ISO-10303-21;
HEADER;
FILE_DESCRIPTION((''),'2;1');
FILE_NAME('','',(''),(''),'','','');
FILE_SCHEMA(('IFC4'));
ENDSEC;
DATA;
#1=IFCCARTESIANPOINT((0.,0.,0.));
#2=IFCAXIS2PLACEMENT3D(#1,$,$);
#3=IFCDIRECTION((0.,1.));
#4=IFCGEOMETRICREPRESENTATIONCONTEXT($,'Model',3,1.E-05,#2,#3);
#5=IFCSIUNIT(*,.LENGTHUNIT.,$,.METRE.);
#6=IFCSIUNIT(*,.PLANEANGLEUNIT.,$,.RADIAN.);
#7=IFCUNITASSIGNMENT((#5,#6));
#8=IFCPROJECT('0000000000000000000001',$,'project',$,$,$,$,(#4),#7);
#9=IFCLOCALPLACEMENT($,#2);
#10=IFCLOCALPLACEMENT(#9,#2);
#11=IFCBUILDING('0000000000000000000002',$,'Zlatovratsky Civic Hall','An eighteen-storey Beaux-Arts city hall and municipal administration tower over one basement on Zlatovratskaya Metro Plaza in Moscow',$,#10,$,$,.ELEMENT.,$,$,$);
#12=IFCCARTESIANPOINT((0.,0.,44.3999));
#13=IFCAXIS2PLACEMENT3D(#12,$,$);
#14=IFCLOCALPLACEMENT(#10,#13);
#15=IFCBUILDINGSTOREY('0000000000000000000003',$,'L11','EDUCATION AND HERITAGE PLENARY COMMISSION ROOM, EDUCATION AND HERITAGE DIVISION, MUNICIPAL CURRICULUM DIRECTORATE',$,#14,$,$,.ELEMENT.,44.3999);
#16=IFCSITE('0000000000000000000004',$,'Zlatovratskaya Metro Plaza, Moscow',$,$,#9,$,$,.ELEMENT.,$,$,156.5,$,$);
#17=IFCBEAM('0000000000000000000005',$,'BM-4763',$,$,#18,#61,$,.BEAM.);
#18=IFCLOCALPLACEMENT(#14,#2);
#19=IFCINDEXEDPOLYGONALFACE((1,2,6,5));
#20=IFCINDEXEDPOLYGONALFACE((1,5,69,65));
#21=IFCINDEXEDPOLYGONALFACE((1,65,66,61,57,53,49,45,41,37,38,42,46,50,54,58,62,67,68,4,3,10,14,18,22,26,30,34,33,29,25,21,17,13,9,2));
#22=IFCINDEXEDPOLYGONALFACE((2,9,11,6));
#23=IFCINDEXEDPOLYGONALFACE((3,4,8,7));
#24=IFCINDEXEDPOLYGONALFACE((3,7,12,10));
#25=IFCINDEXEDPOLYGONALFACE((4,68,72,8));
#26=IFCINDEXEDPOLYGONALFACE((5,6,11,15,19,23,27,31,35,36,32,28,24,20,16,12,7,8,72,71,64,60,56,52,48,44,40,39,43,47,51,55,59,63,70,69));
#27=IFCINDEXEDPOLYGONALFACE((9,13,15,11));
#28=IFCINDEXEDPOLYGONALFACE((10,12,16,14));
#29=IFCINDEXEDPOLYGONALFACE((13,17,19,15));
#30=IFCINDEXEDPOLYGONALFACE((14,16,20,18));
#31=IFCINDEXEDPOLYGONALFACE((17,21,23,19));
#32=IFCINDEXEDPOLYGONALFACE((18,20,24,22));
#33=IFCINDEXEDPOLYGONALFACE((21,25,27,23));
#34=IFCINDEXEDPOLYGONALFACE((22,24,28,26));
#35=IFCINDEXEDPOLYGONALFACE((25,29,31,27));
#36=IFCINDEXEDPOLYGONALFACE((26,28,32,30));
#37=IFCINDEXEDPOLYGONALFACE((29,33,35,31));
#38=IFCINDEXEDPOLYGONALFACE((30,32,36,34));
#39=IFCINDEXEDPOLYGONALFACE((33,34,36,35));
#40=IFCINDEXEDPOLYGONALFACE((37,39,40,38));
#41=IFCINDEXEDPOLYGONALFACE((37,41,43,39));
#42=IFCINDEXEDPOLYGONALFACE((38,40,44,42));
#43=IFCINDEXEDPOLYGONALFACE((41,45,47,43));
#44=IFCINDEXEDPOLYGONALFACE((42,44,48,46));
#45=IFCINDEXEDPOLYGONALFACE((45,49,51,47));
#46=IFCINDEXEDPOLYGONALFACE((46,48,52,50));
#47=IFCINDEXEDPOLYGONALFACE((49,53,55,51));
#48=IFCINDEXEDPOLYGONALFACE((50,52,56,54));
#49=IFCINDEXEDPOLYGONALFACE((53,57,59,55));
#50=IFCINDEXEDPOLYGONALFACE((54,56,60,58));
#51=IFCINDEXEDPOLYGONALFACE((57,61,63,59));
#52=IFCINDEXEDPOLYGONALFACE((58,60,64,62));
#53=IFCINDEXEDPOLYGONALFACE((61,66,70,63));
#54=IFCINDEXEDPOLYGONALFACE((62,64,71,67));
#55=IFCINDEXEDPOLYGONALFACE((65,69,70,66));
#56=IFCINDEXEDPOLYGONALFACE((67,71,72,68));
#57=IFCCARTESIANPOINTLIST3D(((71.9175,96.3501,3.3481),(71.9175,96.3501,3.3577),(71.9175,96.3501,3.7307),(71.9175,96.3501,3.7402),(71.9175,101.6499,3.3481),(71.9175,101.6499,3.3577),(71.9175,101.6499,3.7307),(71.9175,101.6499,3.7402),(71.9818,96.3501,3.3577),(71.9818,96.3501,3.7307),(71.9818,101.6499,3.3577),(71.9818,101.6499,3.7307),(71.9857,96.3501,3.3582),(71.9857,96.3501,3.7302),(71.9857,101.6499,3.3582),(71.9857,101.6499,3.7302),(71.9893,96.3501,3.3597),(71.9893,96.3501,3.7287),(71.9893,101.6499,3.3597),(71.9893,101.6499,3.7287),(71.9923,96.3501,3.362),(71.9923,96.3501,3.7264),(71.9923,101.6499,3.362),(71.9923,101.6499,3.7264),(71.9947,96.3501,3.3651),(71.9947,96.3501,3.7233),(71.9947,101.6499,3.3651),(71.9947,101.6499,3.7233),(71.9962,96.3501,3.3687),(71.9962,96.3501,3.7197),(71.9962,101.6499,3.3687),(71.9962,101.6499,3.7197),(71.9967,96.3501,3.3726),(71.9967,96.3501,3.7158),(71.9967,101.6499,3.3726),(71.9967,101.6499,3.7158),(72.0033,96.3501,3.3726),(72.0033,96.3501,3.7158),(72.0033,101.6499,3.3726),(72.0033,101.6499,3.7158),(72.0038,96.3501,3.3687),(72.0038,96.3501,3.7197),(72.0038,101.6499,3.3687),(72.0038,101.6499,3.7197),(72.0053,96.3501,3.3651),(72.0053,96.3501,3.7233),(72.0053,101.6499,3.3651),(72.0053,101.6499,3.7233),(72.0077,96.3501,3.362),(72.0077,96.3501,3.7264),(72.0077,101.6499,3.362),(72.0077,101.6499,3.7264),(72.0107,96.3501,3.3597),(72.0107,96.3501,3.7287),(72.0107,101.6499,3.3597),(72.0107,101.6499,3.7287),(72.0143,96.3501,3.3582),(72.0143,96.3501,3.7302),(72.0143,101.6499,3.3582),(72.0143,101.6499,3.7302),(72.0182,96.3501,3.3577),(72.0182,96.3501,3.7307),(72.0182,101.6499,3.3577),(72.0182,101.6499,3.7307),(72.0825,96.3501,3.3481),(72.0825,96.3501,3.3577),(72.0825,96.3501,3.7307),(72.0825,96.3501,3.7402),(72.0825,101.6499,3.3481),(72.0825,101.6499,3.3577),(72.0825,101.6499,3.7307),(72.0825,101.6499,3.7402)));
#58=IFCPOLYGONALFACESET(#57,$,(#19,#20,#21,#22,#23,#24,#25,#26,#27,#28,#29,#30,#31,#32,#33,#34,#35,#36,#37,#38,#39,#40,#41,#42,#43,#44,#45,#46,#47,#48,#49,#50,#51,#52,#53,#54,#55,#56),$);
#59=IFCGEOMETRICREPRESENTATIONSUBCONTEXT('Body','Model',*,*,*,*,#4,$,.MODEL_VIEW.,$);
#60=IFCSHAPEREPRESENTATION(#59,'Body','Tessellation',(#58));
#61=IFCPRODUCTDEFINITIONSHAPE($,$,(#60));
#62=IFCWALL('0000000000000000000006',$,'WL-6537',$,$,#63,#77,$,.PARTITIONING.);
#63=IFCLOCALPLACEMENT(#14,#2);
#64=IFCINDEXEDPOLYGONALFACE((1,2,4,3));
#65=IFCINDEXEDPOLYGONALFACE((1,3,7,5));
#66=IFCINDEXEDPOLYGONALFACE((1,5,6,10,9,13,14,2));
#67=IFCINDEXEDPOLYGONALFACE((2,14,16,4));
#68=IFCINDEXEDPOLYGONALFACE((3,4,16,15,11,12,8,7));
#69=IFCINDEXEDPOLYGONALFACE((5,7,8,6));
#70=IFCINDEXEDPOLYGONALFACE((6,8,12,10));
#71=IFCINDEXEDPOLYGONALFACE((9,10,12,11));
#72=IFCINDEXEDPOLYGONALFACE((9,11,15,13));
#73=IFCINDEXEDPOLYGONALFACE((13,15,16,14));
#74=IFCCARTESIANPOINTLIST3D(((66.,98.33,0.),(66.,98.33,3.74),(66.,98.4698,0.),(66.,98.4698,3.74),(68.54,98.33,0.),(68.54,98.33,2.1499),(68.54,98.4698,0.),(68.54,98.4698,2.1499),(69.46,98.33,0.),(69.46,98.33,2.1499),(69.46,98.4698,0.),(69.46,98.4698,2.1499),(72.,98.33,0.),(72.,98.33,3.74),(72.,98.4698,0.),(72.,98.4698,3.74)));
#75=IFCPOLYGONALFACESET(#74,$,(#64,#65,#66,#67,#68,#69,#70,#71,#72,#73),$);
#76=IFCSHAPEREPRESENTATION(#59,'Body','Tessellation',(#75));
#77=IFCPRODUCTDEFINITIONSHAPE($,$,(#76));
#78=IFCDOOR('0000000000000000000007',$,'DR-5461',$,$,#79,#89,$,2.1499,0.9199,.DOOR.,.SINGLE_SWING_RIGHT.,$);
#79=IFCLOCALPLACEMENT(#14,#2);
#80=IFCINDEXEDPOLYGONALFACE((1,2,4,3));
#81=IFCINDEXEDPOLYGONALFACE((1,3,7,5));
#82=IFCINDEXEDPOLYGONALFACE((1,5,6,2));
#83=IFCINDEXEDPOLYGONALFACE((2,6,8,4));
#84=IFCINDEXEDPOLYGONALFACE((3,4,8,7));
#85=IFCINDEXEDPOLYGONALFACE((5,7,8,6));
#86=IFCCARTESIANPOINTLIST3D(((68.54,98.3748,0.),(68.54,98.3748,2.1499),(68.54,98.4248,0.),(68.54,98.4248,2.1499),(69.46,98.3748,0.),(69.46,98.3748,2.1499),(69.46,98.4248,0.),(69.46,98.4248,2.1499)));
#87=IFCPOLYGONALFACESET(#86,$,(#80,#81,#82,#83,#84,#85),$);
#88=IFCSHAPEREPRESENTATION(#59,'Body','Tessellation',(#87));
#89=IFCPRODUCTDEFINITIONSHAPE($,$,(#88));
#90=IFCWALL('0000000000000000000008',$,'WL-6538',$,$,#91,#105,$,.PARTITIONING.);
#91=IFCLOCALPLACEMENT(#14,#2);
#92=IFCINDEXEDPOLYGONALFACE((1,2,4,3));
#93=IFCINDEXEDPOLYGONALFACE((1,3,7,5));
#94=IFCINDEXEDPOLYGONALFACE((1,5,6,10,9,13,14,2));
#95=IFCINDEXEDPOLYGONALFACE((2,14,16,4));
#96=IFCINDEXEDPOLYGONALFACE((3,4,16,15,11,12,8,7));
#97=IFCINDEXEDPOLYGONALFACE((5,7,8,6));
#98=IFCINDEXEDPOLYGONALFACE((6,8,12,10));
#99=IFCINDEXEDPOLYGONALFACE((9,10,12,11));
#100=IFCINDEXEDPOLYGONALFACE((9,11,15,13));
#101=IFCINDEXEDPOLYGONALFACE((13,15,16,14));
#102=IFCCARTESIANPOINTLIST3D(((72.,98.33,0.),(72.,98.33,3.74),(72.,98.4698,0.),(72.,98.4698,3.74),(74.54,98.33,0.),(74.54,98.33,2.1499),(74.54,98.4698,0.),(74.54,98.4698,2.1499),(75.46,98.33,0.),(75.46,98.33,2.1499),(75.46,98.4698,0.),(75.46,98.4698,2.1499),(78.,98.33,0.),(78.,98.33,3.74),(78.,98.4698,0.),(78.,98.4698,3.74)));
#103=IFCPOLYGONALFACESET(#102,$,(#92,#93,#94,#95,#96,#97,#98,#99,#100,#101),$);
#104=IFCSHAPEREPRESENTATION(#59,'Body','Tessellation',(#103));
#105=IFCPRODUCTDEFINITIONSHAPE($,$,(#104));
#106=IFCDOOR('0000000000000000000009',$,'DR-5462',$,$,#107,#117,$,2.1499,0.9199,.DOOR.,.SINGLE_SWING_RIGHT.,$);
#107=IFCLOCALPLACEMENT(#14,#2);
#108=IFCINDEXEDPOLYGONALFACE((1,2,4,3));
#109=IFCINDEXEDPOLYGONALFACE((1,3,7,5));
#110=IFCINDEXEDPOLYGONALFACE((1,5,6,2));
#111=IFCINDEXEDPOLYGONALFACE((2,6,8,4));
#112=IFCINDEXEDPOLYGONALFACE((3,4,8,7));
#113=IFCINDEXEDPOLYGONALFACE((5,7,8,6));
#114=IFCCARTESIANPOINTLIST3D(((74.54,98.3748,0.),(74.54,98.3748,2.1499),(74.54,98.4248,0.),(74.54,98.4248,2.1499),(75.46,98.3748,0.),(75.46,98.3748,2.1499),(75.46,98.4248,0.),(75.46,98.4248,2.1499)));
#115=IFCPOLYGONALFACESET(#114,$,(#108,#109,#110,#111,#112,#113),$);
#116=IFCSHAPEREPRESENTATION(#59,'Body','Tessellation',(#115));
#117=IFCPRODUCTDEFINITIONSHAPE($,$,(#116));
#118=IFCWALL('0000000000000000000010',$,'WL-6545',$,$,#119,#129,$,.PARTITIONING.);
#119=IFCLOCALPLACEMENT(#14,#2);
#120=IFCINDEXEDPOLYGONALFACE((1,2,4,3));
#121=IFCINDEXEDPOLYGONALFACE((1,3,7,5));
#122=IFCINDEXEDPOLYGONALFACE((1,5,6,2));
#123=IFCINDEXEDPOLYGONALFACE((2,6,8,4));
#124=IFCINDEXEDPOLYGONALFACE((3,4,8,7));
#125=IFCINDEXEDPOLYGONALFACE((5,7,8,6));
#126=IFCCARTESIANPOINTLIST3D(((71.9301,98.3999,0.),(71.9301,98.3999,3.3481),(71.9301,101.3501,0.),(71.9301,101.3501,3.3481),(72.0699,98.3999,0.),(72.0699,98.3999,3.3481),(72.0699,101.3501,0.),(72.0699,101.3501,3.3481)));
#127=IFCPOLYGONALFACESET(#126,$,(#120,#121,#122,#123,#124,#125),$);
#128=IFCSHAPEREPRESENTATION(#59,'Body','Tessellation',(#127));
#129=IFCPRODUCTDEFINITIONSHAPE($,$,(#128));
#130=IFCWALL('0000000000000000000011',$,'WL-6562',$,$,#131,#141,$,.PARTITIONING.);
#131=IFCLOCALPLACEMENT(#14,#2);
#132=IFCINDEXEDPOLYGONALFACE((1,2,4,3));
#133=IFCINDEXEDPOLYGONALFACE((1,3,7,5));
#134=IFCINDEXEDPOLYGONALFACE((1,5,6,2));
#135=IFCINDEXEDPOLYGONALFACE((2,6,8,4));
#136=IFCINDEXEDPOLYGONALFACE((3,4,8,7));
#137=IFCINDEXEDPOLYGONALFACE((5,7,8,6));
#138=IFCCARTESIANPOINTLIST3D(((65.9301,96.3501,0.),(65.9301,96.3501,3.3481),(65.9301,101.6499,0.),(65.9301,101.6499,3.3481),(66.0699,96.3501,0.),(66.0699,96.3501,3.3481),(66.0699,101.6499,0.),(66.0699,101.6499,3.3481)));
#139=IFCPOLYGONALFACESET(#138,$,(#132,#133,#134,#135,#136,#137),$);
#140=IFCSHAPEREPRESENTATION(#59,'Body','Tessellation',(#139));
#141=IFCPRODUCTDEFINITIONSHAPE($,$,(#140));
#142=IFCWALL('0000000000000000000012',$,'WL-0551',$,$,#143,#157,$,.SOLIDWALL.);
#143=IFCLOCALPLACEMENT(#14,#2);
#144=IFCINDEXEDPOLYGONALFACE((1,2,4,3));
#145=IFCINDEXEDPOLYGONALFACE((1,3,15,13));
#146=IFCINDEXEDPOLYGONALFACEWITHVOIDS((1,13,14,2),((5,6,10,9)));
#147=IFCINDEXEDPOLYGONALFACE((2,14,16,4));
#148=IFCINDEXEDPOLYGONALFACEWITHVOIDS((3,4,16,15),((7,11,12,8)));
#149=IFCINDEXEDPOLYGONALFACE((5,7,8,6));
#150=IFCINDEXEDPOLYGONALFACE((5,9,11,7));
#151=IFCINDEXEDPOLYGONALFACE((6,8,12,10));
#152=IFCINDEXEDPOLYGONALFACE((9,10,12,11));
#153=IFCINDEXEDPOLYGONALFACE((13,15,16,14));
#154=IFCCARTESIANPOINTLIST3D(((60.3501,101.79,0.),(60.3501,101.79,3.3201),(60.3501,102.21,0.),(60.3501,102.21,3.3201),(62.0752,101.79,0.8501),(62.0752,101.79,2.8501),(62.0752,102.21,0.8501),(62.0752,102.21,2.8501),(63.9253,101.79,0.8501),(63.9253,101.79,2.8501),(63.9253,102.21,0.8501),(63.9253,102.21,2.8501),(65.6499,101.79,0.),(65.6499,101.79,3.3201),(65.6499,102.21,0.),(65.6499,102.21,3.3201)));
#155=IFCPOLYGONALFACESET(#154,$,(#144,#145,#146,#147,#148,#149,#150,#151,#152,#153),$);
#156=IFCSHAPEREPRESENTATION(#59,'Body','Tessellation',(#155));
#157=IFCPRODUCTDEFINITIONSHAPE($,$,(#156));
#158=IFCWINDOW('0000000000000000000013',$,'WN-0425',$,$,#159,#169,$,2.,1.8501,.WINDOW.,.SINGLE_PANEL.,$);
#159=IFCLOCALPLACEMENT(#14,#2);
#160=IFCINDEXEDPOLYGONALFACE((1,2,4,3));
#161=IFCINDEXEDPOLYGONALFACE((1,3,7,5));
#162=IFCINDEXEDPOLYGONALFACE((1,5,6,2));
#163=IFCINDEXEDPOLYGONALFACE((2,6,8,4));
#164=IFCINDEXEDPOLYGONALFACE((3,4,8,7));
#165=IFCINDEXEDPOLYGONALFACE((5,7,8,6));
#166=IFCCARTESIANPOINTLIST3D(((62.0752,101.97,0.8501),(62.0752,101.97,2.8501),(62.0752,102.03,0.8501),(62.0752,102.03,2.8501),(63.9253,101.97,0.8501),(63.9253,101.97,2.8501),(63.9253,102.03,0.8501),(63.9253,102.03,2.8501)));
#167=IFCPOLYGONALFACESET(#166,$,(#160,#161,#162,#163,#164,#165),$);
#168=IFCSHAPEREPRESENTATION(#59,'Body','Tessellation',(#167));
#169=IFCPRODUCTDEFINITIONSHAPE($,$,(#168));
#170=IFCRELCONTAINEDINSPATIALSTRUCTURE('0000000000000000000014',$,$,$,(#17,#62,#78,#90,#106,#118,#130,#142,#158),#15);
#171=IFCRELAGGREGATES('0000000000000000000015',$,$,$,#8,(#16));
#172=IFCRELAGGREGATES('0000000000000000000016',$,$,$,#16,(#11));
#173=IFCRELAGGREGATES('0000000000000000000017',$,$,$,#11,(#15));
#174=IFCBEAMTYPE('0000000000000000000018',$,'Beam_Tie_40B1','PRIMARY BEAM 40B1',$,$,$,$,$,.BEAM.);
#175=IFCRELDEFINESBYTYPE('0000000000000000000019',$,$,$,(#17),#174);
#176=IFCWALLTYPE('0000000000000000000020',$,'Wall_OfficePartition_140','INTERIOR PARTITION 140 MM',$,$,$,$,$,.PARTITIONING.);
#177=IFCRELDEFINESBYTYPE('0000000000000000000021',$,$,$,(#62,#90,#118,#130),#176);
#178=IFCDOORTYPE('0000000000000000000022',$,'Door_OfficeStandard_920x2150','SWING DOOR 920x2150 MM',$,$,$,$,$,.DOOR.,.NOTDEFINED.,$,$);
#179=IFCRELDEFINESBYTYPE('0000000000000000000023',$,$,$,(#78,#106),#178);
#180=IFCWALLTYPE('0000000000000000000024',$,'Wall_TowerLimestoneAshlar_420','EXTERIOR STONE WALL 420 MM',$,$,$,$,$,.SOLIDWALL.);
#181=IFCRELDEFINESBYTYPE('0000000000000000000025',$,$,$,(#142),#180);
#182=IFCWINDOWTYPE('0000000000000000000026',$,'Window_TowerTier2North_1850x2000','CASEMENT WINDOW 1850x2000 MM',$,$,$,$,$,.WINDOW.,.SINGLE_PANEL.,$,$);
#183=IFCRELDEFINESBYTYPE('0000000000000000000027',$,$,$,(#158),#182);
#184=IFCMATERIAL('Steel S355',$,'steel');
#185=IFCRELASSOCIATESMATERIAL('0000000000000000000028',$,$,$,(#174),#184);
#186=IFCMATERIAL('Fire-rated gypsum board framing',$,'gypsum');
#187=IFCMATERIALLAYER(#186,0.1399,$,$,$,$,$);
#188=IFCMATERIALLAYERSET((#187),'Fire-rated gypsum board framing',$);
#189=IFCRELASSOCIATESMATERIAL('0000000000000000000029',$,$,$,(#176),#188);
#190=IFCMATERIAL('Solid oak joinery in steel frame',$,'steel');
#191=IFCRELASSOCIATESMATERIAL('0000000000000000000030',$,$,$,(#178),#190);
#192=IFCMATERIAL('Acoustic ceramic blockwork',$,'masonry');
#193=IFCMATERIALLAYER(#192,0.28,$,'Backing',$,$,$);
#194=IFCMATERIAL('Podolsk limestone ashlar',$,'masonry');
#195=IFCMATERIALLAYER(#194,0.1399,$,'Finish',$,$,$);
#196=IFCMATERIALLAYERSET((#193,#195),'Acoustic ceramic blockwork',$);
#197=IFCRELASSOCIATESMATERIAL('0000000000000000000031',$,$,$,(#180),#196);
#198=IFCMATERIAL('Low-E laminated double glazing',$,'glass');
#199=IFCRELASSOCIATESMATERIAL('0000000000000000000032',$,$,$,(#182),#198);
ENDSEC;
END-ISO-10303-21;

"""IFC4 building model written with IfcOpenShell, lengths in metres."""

from ifc_helpers import new_model, si_unit, direction, frame, frame_2d, origin, origin_2d, place, context, subcontext, project, spatial, rectangle, i_section, extrude, material, layer, layer_set, material_profile, profile_set, type_object, element, fill, save


model = new_model("IFC4")

# Units and contexts
model_context = context("Model", 3, precision=1e-05, world=origin(), true_north=direction((0.0, 1.0)))
body_context = subcontext(model_context, "Body", "Model", "MODEL_VIEW")
ifc_project = project(units=[si_unit("LENGTHUNIT", "METRE"), si_unit("PLANEANGLEUNIT", "RADIAN")], contexts=[model_context])

# Site, building, storey
site_placement = place(None, origin())
site = spatial("IfcSite", under=ifc_project, at=site_placement, Name="Zlatovratskaya Metro Plaza, Moscow", CompositionType="ELEMENT", RefElevation=156.5)
building_placement = place(site_placement, origin())
building = spatial("IfcBuilding", under=site, at=building_placement, Name="Zlatovratsky Civic Hall", Description="An eighteen-storey Beaux-Arts city hall and municipal administration tower over one basement on Zlatovratskaya Metro Plaza in Moscow", CompositionType="ELEMENT")
storey_placement = place(building_placement, frame((0.0, 0.0, 44.3999)))
storey = spatial("IfcBuildingStorey", under=building, at=storey_placement, Name="L11", Description="EDUCATION AND HERITAGE PLENARY COMMISSION ROOM, EDUCATION AND HERITAGE DIVISION, MUNICIPAL CURRICULUM DIRECTORATE", CompositionType="ELEMENT", Elevation=44.3999)

# Beam
ifc_material_1 = material(Name="Steel S355", Category="steel")
ifc_material_profile_1 = material_profile(ifc_material_1, i_section(OverallWidth=0.165, OverallDepth=0.3921, WebThickness=0.0066, FlangeThickness=0.0095, FilletRadius=0.0149, at=origin_2d()), Name="40B1")
ifc_profile_set_1 = profile_set([ifc_material_profile_1], Name="Steel S355")
beam_type_1 = type_object("IfcBeamType", Name="Beam_Tie_40B1", Description="PRIMARY BEAM 40B1", PredefinedType="BEAM", material=ifc_profile_set_1)
for number, where, z_axis, x_axis, name in (
    (1, (72.0, 96.3501, 3.5442), (0.0, 1.0, 0.0), (-1.0, 0.0, 0.0), "BM-4763"),
):
    element("IfcBeam", number, at=place(storey_placement, frame(where, z_axis=z_axis, x_axis=x_axis)), inside=storey, type_object=beam_type_1, Name=name, PredefinedType="BEAM", context=body_context, shape_type="SweptSolid", body=[
        extrude(i_section(OverallWidth=0.165, OverallDepth=0.3921, WebThickness=0.0066, FlangeThickness=0.0095, FilletRadius=0.0149, at=origin_2d()), origin(), (0.0, 0.0, 1.0), 5.2998),
    ])

# Walls, openings, doors
ifc_material_2 = material(Name="Fire-rated gypsum board framing", Category="gypsum")
ifc_layer_1 = layer(ifc_material_2, 0.1399)
ifc_layer_set_1 = layer_set([ifc_layer_1], Name="Fire-rated gypsum board framing")
wall_type_1 = type_object("IfcWallType", Name="Wall_OfficePartition_140", Description="INTERIOR PARTITION 140 MM", PredefinedType="PARTITIONING", material=ifc_layer_set_1)
wall_1_placement = place(storey_placement, frame((66.0, 98.3999, 0.0), z_axis=(0.0, 0.0, 1.0), x_axis=(1.0, 0.0, 0.0)))
wall_1 = element("IfcWall", 2, at=wall_1_placement, inside=storey, type_object=wall_type_1, Name="WL-6537", PredefinedType="PARTITIONING", context=body_context, shape_type="SweptSolid", body=[
    extrude(rectangle(XDim=6.0, YDim=0.1399, at=frame_2d((3.0, 0.0))), origin(), (0.0, 0.0, 1.0), 3.74),
])
opening_1_placement = place(wall_1_placement, frame((2.54, 0.0, 0.0)))
opening_1 = element("IfcOpeningElement", 3, at=opening_1_placement, cuts=wall_1, PredefinedType="OPENING", context=body_context, shape_type="SweptSolid", body=[
    extrude(rectangle(XDim=0.9199, YDim=2.1499, at=frame_2d((0.46, 1.075))), frame((0.0, 0.085, 0.0), z_axis=(0.0, -1.0, 0.0), x_axis=(1.0, 0.0, 0.0)), (0.0, 0.0, 1.0), 0.1697),
])
ifc_material_3 = material(Name="Solid oak joinery in steel frame", Category="steel")
door_type = type_object("IfcDoorType", Name="Door_OfficeStandard_920x2150", Description="SWING DOOR 920x2150 MM", OperationType="NOTDEFINED", PredefinedType="DOOR", material=ifc_material_3)
door_1_placement = place(opening_1_placement, origin())
door_1 = element("IfcDoor", 4, at=door_1_placement, inside=storey, type_object=door_type, Name="DR-5461", OperationType="SINGLE_SWING_RIGHT", OverallHeight=2.1499, OverallWidth=0.9199, PredefinedType="DOOR", context=body_context, shape_type="SweptSolid", body=[
    extrude(rectangle(XDim=0.9199, YDim=2.1499, at=frame_2d((0.46, 1.075))), frame((0.0, 0.0249, 0.0), z_axis=(0.0, -1.0, 0.0), x_axis=(1.0, 0.0, 0.0)), (0.0, 0.0, 1.0), 0.05),
])
fill(opening_1, door_1)
wall_2_placement = place(storey_placement, frame((72.0, 98.3999, 0.0), z_axis=(0.0, 0.0, 1.0), x_axis=(1.0, 0.0, 0.0)))
wall_2 = element("IfcWall", 5, at=wall_2_placement, inside=storey, type_object=wall_type_1, Name="WL-6538", PredefinedType="PARTITIONING", context=body_context, shape_type="SweptSolid", body=[
    extrude(rectangle(XDim=6.0, YDim=0.1399, at=frame_2d((3.0, 0.0))), origin(), (0.0, 0.0, 1.0), 3.74),
])
opening_2_placement = place(wall_2_placement, frame((2.54, 0.0, 0.0)))
opening_2 = element("IfcOpeningElement", 6, at=opening_2_placement, cuts=wall_2, PredefinedType="OPENING", context=body_context, shape_type="SweptSolid", body=[
    extrude(rectangle(XDim=0.9199, YDim=2.1499, at=frame_2d((0.46, 1.075))), frame((0.0, 0.085, 0.0), z_axis=(0.0, -1.0, 0.0), x_axis=(1.0, 0.0, 0.0)), (0.0, 0.0, 1.0), 0.1697),
])
door_2_placement = place(opening_2_placement, origin())
door_2 = element("IfcDoor", 7, at=door_2_placement, inside=storey, type_object=door_type, Name="DR-5462", OperationType="SINGLE_SWING_RIGHT", OverallHeight=2.1499, OverallWidth=0.9199, PredefinedType="DOOR", context=body_context, shape_type="SweptSolid", body=[
    extrude(rectangle(XDim=0.9199, YDim=2.1499, at=frame_2d((0.46, 1.075))), frame((0.0, 0.0249, 0.0), z_axis=(0.0, -1.0, 0.0), x_axis=(1.0, 0.0, 0.0)), (0.0, 0.0, 1.0), 0.05),
])
fill(opening_2, door_2)

# Walls
wall_3_placement = place(storey_placement, frame((72.0, 98.3999, 0.0), z_axis=(0.0, 0.0, 1.0), x_axis=(0.0, 1.0, 0.0)))
element("IfcWall", 8, at=wall_3_placement, inside=storey, type_object=wall_type_1, Name="WL-6545", PredefinedType="PARTITIONING", context=body_context, shape_type="SweptSolid", body=[
    extrude(rectangle(XDim=2.9502, YDim=0.1399, at=frame_2d((1.4751, 0.0))), origin(), (0.0, 0.0, 1.0), 3.3481),
])
wall_4_placement = place(storey_placement, frame((66.0, 96.3501, 0.0), z_axis=(0.0, 0.0, 1.0), x_axis=(0.0, 1.0, 0.0)))
element("IfcWall", 9, at=wall_4_placement, inside=storey, type_object=wall_type_1, Name="WL-6562", PredefinedType="PARTITIONING", context=body_context, shape_type="SweptSolid", body=[
    extrude(rectangle(XDim=5.2998, YDim=0.1399, at=frame_2d((2.6499, 0.0))), origin(), (0.0, 0.0, 1.0), 3.3481),
])

# Wall, opening, window
ifc_material_4 = material(Name="Acoustic ceramic blockwork", Category="masonry")
ifc_layer_2 = layer(ifc_material_4, 0.28, Name="Backing")
ifc_material_5 = material(Name="Podolsk limestone ashlar", Category="masonry")
ifc_layer_3 = layer(ifc_material_5, 0.1399, Name="Finish")
ifc_layer_set_2 = layer_set([ifc_layer_2, ifc_layer_3], Name="Acoustic ceramic blockwork")
wall_type_2 = type_object("IfcWallType", Name="Wall_TowerLimestoneAshlar_420", Description="EXTERIOR STONE WALL 420 MM", PredefinedType="SOLIDWALL", material=ifc_layer_set_2)
wall_5_placement = place(storey_placement, frame((60.3501, 102.0, 0.0), z_axis=(0.0, 0.0, 1.0), x_axis=(1.0, 0.0, 0.0)))
wall_5 = element("IfcWall", 10, at=wall_5_placement, inside=storey, type_object=wall_type_2, Name="WL-0551", PredefinedType="SOLIDWALL", context=body_context, shape_type="SweptSolid", body=[
    extrude(rectangle(XDim=5.2998, YDim=0.4199, at=frame_2d((2.6499, 0.0))), origin(), (0.0, 0.0, 1.0), 3.3201),
])
opening_3_placement = place(wall_5_placement, frame((1.7251, 0.0, 0.8501)))
opening_3 = element("IfcOpeningElement", 11, at=opening_3_placement, cuts=wall_5, PredefinedType="OPENING", context=body_context, shape_type="SweptSolid", body=[
    extrude(rectangle(XDim=1.8501, YDim=2.0, at=frame_2d((0.925, 1.0))), frame((0.0, 0.2249, 0.0), z_axis=(0.0, -1.0, 0.0), x_axis=(1.0, 0.0, 0.0)), (0.0, 0.0, 1.0), 0.4497),
])
ifc_material_6 = material(Name="Low-E laminated double glazing", Category="glass")
window_type_1 = type_object("IfcWindowType", Name="Window_TowerTier2North_1850x2000", Description="CASEMENT WINDOW 1850x2000 MM", PartitioningType="SINGLE_PANEL", PredefinedType="WINDOW", material=ifc_material_6)
window_1_placement = place(opening_3_placement, origin())
window_1 = element("IfcWindow", 12, at=window_1_placement, inside=storey, type_object=window_type_1, Name="WN-0425", OverallHeight=2.0, OverallWidth=1.8501, PartitioningType="SINGLE_PANEL", PredefinedType="WINDOW", context=body_context, shape_type="SweptSolid", body=[
    extrude(rectangle(XDim=1.8501, YDim=2.0, at=frame_2d((0.925, 1.0))), frame((0.0, 0.03, 0.0), z_axis=(0.0, -1.0, 0.0), x_axis=(1.0, 0.0, 0.0)), (0.0, 0.0, 1.0), 0.0601),
])
fill(opening_3, window_1)

save(model, "model.ifc")
